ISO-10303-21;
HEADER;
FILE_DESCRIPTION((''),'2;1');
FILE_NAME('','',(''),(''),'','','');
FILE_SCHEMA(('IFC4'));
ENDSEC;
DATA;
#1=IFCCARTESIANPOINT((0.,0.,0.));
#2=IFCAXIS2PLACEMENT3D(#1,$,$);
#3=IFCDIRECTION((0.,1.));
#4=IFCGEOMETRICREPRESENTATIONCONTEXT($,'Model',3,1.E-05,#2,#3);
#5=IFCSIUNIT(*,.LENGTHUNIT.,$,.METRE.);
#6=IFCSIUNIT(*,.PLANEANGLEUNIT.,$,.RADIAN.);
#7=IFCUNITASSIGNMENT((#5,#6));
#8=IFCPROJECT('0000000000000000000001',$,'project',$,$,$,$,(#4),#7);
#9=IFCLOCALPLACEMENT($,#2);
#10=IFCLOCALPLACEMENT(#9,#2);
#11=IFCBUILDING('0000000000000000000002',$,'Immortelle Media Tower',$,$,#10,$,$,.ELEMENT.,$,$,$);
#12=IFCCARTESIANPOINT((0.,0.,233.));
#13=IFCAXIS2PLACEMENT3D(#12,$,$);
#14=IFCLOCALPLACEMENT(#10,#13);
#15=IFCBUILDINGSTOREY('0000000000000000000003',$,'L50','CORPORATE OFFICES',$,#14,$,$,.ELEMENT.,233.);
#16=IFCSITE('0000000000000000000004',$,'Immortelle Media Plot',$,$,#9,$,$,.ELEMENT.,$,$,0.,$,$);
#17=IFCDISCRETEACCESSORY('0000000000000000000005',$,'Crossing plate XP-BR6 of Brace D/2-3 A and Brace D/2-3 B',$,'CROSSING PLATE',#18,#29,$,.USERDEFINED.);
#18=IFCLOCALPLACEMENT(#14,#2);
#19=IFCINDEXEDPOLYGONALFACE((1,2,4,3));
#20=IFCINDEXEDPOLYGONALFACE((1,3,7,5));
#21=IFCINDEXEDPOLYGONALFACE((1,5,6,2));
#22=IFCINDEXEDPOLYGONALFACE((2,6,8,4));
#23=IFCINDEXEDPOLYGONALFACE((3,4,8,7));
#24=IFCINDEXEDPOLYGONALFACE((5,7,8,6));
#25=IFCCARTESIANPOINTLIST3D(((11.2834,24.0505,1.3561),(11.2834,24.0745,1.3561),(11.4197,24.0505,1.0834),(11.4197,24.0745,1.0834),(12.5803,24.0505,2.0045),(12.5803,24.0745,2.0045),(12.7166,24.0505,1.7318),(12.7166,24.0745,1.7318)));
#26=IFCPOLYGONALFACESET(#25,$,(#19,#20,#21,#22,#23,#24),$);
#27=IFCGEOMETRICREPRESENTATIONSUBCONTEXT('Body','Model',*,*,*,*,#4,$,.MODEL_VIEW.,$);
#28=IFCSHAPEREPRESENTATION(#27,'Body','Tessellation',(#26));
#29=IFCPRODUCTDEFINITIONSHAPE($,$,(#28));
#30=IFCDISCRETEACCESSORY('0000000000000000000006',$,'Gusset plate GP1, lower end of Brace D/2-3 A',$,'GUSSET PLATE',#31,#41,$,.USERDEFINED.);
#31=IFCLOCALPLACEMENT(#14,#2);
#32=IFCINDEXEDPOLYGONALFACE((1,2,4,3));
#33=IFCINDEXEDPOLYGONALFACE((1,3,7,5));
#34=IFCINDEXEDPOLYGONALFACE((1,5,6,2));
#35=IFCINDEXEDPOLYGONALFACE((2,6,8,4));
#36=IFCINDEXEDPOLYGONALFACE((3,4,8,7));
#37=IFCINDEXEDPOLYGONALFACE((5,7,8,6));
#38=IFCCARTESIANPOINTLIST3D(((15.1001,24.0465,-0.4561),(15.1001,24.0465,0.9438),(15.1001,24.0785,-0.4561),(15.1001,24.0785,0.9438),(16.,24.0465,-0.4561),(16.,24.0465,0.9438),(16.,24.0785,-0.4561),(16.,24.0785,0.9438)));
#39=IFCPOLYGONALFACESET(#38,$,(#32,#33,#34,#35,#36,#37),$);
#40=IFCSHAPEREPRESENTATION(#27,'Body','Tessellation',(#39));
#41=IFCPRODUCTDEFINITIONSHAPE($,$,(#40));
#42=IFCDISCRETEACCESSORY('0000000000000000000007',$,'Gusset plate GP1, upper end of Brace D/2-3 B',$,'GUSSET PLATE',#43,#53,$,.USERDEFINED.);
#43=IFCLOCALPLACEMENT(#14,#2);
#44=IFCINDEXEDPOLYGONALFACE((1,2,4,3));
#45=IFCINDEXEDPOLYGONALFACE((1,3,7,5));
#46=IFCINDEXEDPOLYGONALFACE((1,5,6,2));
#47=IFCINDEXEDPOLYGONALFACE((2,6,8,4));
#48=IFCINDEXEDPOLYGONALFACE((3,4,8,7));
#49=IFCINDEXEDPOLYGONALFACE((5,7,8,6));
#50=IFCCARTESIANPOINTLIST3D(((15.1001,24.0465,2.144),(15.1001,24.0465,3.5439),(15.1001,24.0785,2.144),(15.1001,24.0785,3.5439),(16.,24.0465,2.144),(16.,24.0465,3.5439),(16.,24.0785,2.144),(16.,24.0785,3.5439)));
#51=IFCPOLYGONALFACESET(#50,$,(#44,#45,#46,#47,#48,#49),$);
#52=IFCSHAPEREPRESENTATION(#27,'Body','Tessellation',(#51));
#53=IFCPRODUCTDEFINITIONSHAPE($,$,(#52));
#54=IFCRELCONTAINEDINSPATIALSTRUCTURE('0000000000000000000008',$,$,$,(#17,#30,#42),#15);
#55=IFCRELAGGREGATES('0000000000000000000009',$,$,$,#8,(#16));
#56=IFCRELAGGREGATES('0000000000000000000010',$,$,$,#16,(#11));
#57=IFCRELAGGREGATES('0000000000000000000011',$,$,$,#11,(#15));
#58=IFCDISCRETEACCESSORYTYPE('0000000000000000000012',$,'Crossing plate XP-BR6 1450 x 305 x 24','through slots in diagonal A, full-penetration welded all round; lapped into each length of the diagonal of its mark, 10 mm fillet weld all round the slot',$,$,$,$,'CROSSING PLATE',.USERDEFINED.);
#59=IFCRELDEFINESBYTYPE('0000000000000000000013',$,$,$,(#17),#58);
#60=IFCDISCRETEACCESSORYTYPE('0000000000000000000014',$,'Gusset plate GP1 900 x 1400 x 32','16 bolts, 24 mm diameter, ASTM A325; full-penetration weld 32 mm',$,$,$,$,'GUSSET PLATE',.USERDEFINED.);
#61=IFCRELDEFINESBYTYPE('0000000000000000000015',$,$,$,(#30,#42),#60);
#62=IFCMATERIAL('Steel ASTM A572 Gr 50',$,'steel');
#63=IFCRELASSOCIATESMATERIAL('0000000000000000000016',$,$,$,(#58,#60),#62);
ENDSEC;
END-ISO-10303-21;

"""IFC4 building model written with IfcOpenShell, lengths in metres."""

from ifc_helpers import new_model, si_unit, direction, frame, origin, origin_2d, place, context, subcontext, project, spatial, rectangle, extrude, material, material_profile, profile_set, type_object, element, save


model = new_model("IFC4")

# Units and contexts
model_context = context("Model", 3, precision=1e-05, world=origin(), true_north=direction((0.0, 1.0)))
body_context = subcontext(model_context, "Body", "Model", "MODEL_VIEW")
ifc_project = project(units=[si_unit("LENGTHUNIT", "METRE"), si_unit("PLANEANGLEUNIT", "RADIAN")], contexts=[model_context])

# Site, building, storey
site_placement = place(None, origin())
site = spatial("IfcSite", under=ifc_project, at=site_placement, Name="Immortelle Media Plot", CompositionType="ELEMENT", RefElevation=0.0)
building_placement = place(site_placement, origin())
building = spatial("IfcBuilding", under=site, at=building_placement, Name="Immortelle Media Tower", CompositionType="ELEMENT")
storey_placement = place(building_placement, frame((0.0, 0.0, 233.0)))
storey = spatial("IfcBuildingStorey", under=building, at=storey_placement, Name="L50", Description="CORPORATE OFFICES", CompositionType="ELEMENT", Elevation=233.0)

# Discrete accessories
ifc_material_1 = material(Name="Steel ASTM A572 Gr 50", Category="steel")
ifc_material_profile_1 = material_profile(ifc_material_1, rectangle(XDim=0.0239, YDim=0.3049, at=origin_2d()), Name="PL 24 x 305")
ifc_profile_set_1 = profile_set([ifc_material_profile_1], Name="Steel ASTM A572 Gr 50")
discrete_accessory_type_1 = type_object("IfcDiscreteAccessoryType", Name="Crossing plate XP-BR6 1450 x 305 x 24", Description="through slots in diagonal A, full-penetration welded all round; lapped into each length of the diagonal of its mark, 10 mm fillet weld all round the slot", ElementType="CROSSING PLATE", PredefinedType="USERDEFINED", material=ifc_profile_set_1)
discrete_accessory_placement = place(storey_placement, frame((12.6484, 24.0625, 1.8682), z_axis=(-0.894427, 0.0, -0.447214), x_axis=(0.0, -1.0, 0.0)))
element("IfcDiscreteAccessory", 1, at=discrete_accessory_placement, inside=storey, type_object=discrete_accessory_type_1, Name="Crossing plate XP-BR6 of Brace D/2-3 A and Brace D/2-3 B", ObjectType="CROSSING PLATE", PredefinedType="USERDEFINED", context=body_context, shape_type="SweptSolid", body=[
    extrude(rectangle(XDim=0.0239, YDim=0.3049, at=origin_2d()), origin(), (0.0, 0.0, 1.0), 1.45),
])
ifc_material_profile_2 = material_profile(ifc_material_1, rectangle(XDim=0.032, YDim=1.3999, at=origin_2d()), Name="PL 32 x 1400")
ifc_profile_set_2 = profile_set([ifc_material_profile_2], Name="Steel ASTM A572 Gr 50")
discrete_accessory_type_2 = type_object("IfcDiscreteAccessoryType", Name="Gusset plate GP1 900 x 1400 x 32", Description="16 bolts, 24 mm diameter, ASTM A325; full-penetration weld 32 mm", ElementType="GUSSET PLATE", PredefinedType="USERDEFINED", material=ifc_profile_set_2)
for number, where, z_axis, x_axis, name in (
    (2, (16.0, 24.0625, 0.2439), (-1.0, 0.0, 0.0), (0.0, -1.0, 0.0), "Gusset plate GP1, lower end of Brace D/2-3 A"),
    (3, (16.0, 24.0625, 2.844), (-1.0, 0.0, 0.0), (0.0, -1.0, 0.0), "Gusset plate GP1, upper end of Brace D/2-3 B"),
):
    element("IfcDiscreteAccessory", number, at=place(storey_placement, frame(where, z_axis=z_axis, x_axis=x_axis)), inside=storey, type_object=discrete_accessory_type_2, Name=name, ObjectType="GUSSET PLATE", PredefinedType="USERDEFINED", context=body_context, shape_type="SweptSolid", body=[
        extrude(rectangle(XDim=0.032, YDim=1.3999, at=origin_2d()), origin(), (0.0, 0.0, 1.0), 0.8999),
    ])

save(model, "model.ifc")
